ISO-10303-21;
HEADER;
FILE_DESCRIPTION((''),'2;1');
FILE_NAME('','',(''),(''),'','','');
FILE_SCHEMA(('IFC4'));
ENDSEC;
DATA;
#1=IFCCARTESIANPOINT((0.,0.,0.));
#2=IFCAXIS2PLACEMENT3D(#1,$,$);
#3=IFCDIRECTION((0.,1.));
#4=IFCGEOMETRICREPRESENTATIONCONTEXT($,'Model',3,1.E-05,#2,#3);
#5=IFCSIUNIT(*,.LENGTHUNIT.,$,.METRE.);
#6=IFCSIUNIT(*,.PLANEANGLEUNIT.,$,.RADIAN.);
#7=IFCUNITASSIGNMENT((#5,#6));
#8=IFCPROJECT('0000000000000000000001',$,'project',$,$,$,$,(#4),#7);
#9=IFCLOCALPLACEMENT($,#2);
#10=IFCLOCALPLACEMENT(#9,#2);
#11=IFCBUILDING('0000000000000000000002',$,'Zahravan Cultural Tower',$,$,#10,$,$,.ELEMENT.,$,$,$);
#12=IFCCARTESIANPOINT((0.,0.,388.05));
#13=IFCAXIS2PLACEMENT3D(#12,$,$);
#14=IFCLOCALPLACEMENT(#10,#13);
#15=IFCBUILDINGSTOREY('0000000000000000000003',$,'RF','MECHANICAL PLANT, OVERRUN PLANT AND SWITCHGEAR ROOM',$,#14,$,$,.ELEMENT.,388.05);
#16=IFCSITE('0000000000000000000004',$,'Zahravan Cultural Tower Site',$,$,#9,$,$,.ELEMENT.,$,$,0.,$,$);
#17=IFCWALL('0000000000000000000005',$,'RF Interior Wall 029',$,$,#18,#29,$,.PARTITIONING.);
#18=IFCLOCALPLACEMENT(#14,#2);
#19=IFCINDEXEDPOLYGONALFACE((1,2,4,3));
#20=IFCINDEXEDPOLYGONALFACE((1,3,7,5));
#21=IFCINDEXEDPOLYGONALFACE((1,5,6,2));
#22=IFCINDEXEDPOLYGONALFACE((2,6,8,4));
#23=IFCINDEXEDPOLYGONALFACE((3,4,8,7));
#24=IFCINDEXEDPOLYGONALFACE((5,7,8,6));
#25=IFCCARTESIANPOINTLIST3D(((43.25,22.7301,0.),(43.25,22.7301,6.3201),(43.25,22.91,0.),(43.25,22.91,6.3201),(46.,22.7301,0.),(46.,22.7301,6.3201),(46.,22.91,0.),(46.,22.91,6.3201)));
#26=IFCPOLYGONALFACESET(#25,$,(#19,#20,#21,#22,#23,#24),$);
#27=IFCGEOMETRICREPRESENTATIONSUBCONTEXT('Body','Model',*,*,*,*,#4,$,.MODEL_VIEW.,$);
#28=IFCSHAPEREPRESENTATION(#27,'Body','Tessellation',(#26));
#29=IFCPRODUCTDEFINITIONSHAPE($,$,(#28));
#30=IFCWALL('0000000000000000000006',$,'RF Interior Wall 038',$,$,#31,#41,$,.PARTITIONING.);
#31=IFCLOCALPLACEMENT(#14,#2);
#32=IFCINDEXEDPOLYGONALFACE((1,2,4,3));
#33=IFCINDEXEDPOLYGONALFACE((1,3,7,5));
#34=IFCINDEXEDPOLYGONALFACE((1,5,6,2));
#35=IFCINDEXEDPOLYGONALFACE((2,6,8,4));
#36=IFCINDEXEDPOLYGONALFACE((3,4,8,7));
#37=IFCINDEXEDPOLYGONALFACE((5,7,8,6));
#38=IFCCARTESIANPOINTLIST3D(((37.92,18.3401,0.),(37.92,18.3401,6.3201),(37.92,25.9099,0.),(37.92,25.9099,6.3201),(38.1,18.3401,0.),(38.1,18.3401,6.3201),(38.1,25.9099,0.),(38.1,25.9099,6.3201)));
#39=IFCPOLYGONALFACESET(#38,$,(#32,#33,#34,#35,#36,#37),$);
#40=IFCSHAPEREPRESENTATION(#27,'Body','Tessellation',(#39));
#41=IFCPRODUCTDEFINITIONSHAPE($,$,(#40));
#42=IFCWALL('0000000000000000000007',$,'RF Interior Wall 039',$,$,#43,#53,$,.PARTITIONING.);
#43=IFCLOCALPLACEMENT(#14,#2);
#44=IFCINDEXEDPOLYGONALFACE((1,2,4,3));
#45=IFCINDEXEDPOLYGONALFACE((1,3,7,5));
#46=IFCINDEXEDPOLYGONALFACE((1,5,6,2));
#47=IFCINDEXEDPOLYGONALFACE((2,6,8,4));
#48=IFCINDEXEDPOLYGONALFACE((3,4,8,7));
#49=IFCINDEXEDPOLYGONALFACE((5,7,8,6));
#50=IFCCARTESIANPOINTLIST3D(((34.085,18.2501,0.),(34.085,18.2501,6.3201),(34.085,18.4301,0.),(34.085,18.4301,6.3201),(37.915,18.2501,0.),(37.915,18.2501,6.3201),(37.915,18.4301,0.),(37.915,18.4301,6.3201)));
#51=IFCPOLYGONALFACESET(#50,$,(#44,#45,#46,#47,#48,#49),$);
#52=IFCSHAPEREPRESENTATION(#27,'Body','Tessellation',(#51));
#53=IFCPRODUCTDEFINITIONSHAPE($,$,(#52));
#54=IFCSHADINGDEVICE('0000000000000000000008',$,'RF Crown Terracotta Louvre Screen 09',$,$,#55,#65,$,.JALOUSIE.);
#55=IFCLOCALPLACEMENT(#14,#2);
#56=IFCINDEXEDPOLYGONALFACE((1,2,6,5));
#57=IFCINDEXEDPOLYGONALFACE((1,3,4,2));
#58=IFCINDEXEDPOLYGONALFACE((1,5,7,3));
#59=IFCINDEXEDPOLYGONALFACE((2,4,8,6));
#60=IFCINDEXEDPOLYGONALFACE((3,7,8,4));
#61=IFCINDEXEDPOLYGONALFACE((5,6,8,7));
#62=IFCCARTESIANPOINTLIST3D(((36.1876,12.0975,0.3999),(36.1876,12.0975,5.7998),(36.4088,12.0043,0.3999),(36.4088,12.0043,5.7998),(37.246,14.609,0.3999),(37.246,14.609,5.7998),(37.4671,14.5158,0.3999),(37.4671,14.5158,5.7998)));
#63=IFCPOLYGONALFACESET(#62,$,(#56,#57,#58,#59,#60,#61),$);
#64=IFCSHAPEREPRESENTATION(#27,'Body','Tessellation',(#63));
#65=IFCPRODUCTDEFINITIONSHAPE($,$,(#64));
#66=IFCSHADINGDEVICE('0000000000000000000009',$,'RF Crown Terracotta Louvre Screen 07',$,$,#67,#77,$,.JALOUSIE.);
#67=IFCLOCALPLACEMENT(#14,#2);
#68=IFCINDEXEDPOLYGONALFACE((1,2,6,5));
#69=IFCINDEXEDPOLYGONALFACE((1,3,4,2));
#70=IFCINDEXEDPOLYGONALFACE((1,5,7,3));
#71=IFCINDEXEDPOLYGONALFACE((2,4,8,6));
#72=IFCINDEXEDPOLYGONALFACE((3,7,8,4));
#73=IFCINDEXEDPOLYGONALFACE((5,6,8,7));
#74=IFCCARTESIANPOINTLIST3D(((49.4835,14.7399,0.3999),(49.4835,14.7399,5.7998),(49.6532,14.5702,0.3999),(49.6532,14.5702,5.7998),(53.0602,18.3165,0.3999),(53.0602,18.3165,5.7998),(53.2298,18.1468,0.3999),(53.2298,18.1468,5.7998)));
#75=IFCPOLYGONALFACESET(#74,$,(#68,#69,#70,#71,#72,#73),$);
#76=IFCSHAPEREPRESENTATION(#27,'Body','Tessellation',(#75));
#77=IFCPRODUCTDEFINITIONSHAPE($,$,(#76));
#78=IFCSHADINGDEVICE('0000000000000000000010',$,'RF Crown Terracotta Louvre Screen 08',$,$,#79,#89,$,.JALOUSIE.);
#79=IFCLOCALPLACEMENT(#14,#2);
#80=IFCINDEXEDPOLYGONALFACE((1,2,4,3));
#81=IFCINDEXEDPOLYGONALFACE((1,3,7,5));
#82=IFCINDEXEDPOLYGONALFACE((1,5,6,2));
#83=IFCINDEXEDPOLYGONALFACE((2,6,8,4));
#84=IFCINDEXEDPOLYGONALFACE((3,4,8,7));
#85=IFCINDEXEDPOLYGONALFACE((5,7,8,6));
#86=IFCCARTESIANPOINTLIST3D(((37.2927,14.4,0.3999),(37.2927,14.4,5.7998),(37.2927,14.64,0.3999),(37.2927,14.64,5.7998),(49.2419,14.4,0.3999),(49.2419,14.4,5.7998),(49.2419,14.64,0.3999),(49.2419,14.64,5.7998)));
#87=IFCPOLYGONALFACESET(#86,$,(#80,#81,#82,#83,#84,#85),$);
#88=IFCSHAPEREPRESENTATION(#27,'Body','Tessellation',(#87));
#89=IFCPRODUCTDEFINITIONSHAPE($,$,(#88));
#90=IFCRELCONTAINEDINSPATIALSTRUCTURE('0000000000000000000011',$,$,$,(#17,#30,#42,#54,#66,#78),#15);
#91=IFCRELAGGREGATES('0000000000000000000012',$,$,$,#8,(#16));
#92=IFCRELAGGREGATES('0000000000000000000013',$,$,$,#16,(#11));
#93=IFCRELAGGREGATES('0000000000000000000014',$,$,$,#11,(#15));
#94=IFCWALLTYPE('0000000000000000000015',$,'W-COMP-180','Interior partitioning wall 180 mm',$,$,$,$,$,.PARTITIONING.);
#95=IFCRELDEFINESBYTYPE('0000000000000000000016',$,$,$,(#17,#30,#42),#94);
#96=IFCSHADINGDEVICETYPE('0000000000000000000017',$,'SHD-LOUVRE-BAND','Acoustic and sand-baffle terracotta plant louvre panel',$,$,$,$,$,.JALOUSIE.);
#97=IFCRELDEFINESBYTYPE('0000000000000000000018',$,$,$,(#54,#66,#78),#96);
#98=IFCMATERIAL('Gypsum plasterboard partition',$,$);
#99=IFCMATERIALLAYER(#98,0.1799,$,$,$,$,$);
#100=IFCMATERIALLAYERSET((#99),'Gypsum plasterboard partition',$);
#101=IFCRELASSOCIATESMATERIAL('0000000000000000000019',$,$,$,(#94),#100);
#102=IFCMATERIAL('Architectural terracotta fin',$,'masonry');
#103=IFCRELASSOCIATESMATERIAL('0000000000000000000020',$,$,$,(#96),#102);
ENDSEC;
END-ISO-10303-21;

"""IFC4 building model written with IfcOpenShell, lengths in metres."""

from ifc_helpers import new_model, si_unit, direction, frame, frame_2d, origin, origin_2d, place, context, subcontext, project, spatial, rectangle, extrude, source, transform, mapped, material, layer, layer_set, type_object, element, save


model = new_model("IFC4")

# Units and contexts
model_context = context("Model", 3, precision=1e-05, world=origin(), true_north=direction((0.0, 1.0)))
body_context = subcontext(model_context, "Body", "Model", "MODEL_VIEW")
ifc_project = project(units=[si_unit("LENGTHUNIT", "METRE"), si_unit("PLANEANGLEUNIT", "RADIAN")], contexts=[model_context])

# Site, building, storey
site_placement = place(None, origin())
site = spatial("IfcSite", under=ifc_project, at=site_placement, Name="Zahravan Cultural Tower Site", CompositionType="ELEMENT", RefElevation=0.0)
building_placement = place(site_placement, origin())
building = spatial("IfcBuilding", under=site, at=building_placement, Name="Zahravan Cultural Tower", CompositionType="ELEMENT")
storey_placement = place(building_placement, frame((0.0, 0.0, 388.05)))
storey = spatial("IfcBuildingStorey", under=building, at=storey_placement, Name="RF", Description="MECHANICAL PLANT, OVERRUN PLANT AND SWITCHGEAR ROOM", CompositionType="ELEMENT", Elevation=388.05)

# Shared definitions
ifc_material_1 = material(Name="Gypsum plasterboard partition")
ifc_layer_1 = layer(ifc_material_1, 0.1799)
ifc_layer_set_1 = layer_set([ifc_layer_1], Name="Gypsum plasterboard partition")
wall_type_1 = type_object("IfcWallType", Name="W-COMP-180", Description="Interior partitioning wall 180 mm", PredefinedType="PARTITIONING", material=ifc_layer_set_1)

# Walls
shared_shape_1 = source(origin(), body_context, "Body", "SweptSolid", [
    extrude(rectangle(XDim=2.75, YDim=0.1799, at=frame_2d((1.375, 0.0))), origin(), (0.0, 0.0, 1.0), 6.3201),
])
wall_1_placement = place(storey_placement, frame((43.25, 22.8201, 0.0), z_axis=(0.0, 0.0, 1.0), x_axis=(1.0, 0.0, 0.0)))
element("IfcWall", 1, at=wall_1_placement, inside=storey, type_object=wall_type_1, Name="RF Interior Wall 029", PredefinedType="PARTITIONING", context=body_context, shape_type="MappedRepresentation", body=[
    mapped(shared_shape_1, transform((0.0, 0.0, 0.0), x_axis=(1.0, 0.0, 0.0), y_axis=(0.0, 1.0, 0.0), z_axis=(0.0, 0.0, 1.0), scale=1.0)),
])
shared_shape_2 = source(origin(), body_context, "Body", "SweptSolid", [
    extrude(rectangle(XDim=7.5698, YDim=0.1799, at=frame_2d((3.7849, 0.0))), origin(), (0.0, 0.0, 1.0), 6.3201),
])
wall_2_placement = place(storey_placement, frame((38.01, 25.9099, 0.0), z_axis=(0.0, 0.0, 1.0), x_axis=(0.0, -1.0, 0.0)))
element("IfcWall", 2, at=wall_2_placement, inside=storey, type_object=wall_type_1, Name="RF Interior Wall 038", PredefinedType="PARTITIONING", context=body_context, shape_type="MappedRepresentation", body=[
    mapped(shared_shape_2, transform((0.0, 0.0, 0.0), x_axis=(1.0, 0.0, 0.0), y_axis=(0.0, 1.0, 0.0), z_axis=(0.0, 0.0, 1.0), scale=1.0)),
])
shared_shape_3 = source(origin(), body_context, "Body", "SweptSolid", [
    extrude(rectangle(XDim=3.8301, YDim=0.1799, at=frame_2d((1.915, 0.0))), origin(), (0.0, 0.0, 1.0), 6.3201),
])
wall_3_placement = place(storey_placement, frame((37.915, 18.3401, 0.0), z_axis=(0.0, 0.0, 1.0), x_axis=(-1.0, 0.0, 0.0)))
element("IfcWall", 3, at=wall_3_placement, inside=storey, type_object=wall_type_1, Name="RF Interior Wall 039", PredefinedType="PARTITIONING", context=body_context, shape_type="MappedRepresentation", body=[
    mapped(shared_shape_3, transform((0.0, 0.0, 0.0), x_axis=(1.0, 0.0, 0.0), y_axis=(0.0, 1.0, 0.0), z_axis=(0.0, 0.0, 1.0), scale=1.0)),
])

# Shading devices
ifc_material_2 = material(Name="Architectural terracotta fin", Category="masonry")
shading_device_type = type_object("IfcShadingDeviceType", Name="SHD-LOUVRE-BAND", Description="Acoustic and sand-baffle terracotta plant louvre panel", PredefinedType="JALOUSIE", material=ifc_material_2)
shared_shape_4 = source(origin(), body_context, "Body", "SweptSolid", [
    extrude(rectangle(XDim=2.7253, YDim=0.24, at=origin_2d()), origin(), (0.0, 0.0, 1.0), 5.3999),
])
shading_device_1_placement = place(storey_placement, frame((36.8274, 13.3066, 0.3999), z_axis=(0.0, 0.0, 1.0), x_axis=(-0.388336, -0.921518, 0.0)))
element("IfcShadingDevice", 4, at=shading_device_1_placement, inside=storey, type_object=shading_device_type, Name="RF Crown Terracotta Louvre Screen 09", PredefinedType="JALOUSIE", context=body_context, shape_type="MappedRepresentation", body=[
    mapped(shared_shape_4, transform((0.0, 0.0, 0.0), x_axis=(1.0, 0.0, 0.0), y_axis=(0.0, 1.0, 0.0), z_axis=(0.0, 0.0, 1.0), scale=1.0)),
])
shared_shape_5 = source(origin(), body_context, "Body", "SweptSolid", [
    extrude(rectangle(XDim=5.0581, YDim=0.24, at=origin_2d()), origin(), (0.0, 0.0, 1.0), 5.3999),
])
shading_device_2_placement = place(storey_placement, frame((51.3567, 16.4434, 0.3999), z_axis=(0.0, 0.0, 1.0), x_axis=(-0.707107, -0.707107, 0.0)))
element("IfcShadingDevice", 5, at=shading_device_2_placement, inside=storey, type_object=shading_device_type, Name="RF Crown Terracotta Louvre Screen 07", PredefinedType="JALOUSIE", context=body_context, shape_type="MappedRepresentation", body=[
    mapped(shared_shape_5, transform((0.0, 0.0, 0.0), x_axis=(1.0, 0.0, 0.0), y_axis=(0.0, 1.0, 0.0), z_axis=(0.0, 0.0, 1.0), scale=1.0)),
])
shared_shape_6 = source(origin(), body_context, "Body", "SweptSolid", [
    extrude(rectangle(XDim=11.9492, YDim=0.24, at=origin_2d()), origin(), (0.0, 0.0, 1.0), 5.3999),
])
shading_device_3_placement = place(storey_placement, frame((43.2673, 14.52, 0.3999), z_axis=(0.0, 0.0, 1.0), x_axis=(-1.0, 0.0, 0.0)))
element("IfcShadingDevice", 6, at=shading_device_3_placement, inside=storey, type_object=shading_device_type, Name="RF Crown Terracotta Louvre Screen 08", PredefinedType="JALOUSIE", context=body_context, shape_type="MappedRepresentation", body=[
    mapped(shared_shape_6, transform((0.0, 0.0, 0.0), x_axis=(1.0, 0.0, 0.0), y_axis=(0.0, 1.0, 0.0), z_axis=(0.0, 0.0, 1.0), scale=1.0)),
])

save(model, "model.ifc")
